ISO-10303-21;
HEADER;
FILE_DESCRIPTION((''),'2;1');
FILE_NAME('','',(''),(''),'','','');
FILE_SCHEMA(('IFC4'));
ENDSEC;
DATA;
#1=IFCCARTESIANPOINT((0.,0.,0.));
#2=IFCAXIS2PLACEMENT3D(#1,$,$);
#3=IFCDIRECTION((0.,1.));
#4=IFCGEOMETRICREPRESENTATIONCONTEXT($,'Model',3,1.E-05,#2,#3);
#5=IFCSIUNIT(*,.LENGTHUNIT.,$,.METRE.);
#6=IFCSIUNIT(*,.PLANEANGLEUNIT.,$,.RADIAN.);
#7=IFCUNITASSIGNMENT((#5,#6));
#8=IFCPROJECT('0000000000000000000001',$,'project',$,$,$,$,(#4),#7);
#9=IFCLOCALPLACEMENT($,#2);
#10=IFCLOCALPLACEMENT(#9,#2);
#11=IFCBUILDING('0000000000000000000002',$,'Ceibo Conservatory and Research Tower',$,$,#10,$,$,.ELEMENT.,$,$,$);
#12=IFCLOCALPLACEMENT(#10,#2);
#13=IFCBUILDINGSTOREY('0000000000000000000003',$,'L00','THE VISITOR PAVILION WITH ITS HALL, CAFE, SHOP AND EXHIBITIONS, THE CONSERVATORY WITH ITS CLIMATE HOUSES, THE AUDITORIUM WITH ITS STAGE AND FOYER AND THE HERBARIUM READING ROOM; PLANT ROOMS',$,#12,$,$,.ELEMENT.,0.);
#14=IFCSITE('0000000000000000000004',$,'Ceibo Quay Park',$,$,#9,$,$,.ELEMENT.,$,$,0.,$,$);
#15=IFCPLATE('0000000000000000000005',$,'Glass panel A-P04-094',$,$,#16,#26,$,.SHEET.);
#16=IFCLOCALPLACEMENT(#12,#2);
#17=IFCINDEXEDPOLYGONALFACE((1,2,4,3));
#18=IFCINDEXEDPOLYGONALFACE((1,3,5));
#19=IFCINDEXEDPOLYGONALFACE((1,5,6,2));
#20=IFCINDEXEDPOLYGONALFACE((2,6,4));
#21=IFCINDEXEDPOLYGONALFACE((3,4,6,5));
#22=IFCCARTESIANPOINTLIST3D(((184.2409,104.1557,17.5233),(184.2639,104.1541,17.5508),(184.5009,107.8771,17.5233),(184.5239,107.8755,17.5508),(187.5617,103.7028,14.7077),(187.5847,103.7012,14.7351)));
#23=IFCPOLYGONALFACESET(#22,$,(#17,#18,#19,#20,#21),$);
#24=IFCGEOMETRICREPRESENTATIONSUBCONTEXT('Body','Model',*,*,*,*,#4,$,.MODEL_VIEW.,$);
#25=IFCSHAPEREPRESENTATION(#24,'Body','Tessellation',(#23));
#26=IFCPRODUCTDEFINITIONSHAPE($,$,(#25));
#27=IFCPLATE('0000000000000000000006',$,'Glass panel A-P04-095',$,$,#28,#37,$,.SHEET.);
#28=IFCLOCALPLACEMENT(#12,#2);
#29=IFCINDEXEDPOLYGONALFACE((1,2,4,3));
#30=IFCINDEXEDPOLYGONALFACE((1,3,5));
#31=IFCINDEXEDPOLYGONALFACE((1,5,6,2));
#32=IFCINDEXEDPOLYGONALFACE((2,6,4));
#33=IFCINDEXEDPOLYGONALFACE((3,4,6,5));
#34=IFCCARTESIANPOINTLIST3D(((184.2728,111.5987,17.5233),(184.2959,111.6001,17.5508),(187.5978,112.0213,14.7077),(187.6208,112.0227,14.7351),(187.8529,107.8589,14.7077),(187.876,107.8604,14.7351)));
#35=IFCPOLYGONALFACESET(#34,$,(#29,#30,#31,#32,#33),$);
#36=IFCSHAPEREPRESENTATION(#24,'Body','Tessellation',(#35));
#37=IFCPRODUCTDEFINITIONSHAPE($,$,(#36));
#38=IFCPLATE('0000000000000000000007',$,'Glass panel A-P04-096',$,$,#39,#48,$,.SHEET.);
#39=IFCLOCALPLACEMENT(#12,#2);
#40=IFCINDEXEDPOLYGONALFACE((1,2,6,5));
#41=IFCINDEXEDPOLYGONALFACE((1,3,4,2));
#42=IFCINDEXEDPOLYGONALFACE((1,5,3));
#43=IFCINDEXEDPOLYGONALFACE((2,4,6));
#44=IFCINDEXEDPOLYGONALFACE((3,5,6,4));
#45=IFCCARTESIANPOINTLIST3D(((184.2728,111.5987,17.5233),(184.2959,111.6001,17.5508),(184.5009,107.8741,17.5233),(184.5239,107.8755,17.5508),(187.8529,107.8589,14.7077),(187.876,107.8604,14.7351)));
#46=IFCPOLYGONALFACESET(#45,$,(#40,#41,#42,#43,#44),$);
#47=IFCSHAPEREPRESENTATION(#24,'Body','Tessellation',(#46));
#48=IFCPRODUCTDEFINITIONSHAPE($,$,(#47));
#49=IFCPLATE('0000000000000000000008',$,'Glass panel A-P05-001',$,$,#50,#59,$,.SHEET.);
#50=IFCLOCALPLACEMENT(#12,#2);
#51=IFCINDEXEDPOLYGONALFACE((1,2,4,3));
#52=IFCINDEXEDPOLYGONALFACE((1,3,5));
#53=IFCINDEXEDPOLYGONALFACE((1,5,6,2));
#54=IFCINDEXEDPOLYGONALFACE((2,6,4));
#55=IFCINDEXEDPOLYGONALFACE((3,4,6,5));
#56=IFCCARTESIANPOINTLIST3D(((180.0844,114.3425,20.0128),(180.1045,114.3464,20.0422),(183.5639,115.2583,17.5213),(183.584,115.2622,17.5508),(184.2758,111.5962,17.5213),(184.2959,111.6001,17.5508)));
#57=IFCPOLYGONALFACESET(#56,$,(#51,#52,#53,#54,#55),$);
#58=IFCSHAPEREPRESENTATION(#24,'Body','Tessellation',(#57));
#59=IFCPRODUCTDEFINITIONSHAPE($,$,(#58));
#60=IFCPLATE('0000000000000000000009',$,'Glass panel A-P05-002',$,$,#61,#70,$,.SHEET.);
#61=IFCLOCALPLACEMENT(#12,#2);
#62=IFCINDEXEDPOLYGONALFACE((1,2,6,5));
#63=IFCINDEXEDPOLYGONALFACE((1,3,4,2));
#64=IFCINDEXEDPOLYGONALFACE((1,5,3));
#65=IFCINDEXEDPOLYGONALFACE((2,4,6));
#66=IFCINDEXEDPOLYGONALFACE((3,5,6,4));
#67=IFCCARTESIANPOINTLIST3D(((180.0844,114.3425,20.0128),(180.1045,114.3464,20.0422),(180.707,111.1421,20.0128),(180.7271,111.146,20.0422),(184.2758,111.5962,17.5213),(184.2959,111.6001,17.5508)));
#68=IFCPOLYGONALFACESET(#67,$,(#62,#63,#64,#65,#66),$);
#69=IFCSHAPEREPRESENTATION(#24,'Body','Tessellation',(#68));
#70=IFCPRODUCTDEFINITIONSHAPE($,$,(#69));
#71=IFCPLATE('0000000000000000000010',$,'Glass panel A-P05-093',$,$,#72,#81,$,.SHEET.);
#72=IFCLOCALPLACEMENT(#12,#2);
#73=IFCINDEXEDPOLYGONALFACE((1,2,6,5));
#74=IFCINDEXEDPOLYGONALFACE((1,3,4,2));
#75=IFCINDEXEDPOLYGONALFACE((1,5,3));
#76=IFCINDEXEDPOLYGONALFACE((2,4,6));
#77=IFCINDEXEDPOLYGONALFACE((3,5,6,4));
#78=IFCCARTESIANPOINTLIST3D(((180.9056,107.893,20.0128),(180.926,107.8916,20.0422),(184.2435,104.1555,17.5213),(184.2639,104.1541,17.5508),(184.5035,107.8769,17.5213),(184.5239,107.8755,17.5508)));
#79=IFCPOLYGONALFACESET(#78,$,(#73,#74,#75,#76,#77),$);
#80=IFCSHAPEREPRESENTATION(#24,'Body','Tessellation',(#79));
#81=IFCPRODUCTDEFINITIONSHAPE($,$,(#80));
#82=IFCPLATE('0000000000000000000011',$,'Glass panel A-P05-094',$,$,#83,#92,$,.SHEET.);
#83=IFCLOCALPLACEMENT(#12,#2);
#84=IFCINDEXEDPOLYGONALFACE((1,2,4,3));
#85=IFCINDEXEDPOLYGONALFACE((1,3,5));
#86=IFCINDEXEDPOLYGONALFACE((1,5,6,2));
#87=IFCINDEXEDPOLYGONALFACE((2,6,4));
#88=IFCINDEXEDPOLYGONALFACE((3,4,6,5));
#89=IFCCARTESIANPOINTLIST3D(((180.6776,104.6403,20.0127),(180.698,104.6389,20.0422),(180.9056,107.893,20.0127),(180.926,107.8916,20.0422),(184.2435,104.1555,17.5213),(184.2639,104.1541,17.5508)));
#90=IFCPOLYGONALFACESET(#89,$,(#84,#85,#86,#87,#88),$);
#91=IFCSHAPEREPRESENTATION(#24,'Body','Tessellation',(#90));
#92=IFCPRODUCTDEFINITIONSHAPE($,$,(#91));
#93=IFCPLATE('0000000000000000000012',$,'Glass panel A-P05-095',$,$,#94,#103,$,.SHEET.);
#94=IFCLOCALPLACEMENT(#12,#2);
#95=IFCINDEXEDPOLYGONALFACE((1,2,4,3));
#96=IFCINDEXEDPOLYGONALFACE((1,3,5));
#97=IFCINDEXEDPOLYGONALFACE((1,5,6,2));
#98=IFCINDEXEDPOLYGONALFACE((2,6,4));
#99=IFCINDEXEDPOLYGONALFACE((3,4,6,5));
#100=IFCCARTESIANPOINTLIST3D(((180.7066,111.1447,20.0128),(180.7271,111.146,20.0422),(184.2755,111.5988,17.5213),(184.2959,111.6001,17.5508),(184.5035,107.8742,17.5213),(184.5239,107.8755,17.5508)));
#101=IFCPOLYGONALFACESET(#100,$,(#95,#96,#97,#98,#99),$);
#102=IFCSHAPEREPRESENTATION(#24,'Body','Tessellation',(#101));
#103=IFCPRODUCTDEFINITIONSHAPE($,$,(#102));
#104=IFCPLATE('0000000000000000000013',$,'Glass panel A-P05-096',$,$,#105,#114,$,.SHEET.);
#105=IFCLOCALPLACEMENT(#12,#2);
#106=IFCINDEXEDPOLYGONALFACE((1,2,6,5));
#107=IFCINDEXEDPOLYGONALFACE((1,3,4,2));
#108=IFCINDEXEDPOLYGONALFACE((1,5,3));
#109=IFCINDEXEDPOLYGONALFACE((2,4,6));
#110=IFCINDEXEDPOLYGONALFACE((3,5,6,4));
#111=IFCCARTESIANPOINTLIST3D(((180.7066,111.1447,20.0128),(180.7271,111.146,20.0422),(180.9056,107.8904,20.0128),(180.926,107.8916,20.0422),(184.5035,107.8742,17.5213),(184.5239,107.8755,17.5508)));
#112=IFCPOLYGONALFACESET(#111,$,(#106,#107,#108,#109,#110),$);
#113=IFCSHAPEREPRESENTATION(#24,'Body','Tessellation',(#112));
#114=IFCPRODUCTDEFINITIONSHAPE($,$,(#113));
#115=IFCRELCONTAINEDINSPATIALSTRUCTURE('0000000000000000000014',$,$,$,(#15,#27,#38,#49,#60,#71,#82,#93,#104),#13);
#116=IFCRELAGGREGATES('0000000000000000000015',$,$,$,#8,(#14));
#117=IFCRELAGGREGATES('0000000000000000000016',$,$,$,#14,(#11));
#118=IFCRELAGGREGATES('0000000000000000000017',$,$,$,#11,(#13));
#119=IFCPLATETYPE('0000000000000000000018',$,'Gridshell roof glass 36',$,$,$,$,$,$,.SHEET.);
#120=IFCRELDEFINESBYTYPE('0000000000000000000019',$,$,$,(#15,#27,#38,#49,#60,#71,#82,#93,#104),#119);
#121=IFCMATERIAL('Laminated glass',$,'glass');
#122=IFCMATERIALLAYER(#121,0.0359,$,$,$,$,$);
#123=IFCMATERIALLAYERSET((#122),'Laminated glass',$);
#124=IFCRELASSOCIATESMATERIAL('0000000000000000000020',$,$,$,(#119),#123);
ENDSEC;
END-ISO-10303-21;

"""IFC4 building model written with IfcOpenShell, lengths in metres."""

from ifc_helpers import new_model, si_unit, direction, frame, origin, place, context, subcontext, project, spatial, polyline, outline, extrude, material, layer, layer_set, type_object, element, save


model = new_model("IFC4")

# Units and contexts
model_context = context("Model", 3, precision=1e-05, world=origin(), true_north=direction((0.0, 1.0)))
body_context = subcontext(model_context, "Body", "Model", "MODEL_VIEW")
ifc_project = project(units=[si_unit("LENGTHUNIT", "METRE"), si_unit("PLANEANGLEUNIT", "RADIAN")], contexts=[model_context])

# Site, building, storey
site_placement = place(None, origin())
site = spatial("IfcSite", under=ifc_project, at=site_placement, Name="Ceibo Quay Park", CompositionType="ELEMENT", RefElevation=0.0)
building_placement = place(site_placement, origin())
building = spatial("IfcBuilding", under=site, at=building_placement, Name="Ceibo Conservatory and Research Tower", CompositionType="ELEMENT")
storey_placement = place(building_placement, origin())
storey = spatial("IfcBuildingStorey", under=building, at=storey_placement, Name="L00", Description="THE VISITOR PAVILION WITH ITS HALL, CAFE, SHOP AND EXHIBITIONS, THE CONSERVATORY WITH ITS CLIMATE HOUSES, THE AUDITORIUM WITH ITS STAGE AND FOYER AND THE HERBARIUM READING ROOM; PLANT ROOMS", CompositionType="ELEMENT", Elevation=0.0)

# Plates
ifc_material_1 = material(Name="Laminated glass", Category="glass")
ifc_layer = layer(ifc_material_1, 0.0359)
ifc_layer_set = layer_set([ifc_layer], Name="Laminated glass")
plate_type = type_object("IfcPlateType", Name="Gridshell roof glass 36", PredefinedType="SHEET", material=ifc_layer_set)
plate_1_placement = place(storey_placement, frame((187.5847, 103.7012, 14.7351), z_axis=(0.642493, -0.04489, 0.764975), x_axis=(-0.51944, 0.708414, 0.477842)))
element("IfcPlate", 1, at=plate_1_placement, inside=storey, type_object=plate_type, Name="Glass panel A-P04-094", PredefinedType="SHEET", context=body_context, shape_type="SweptSolid", body=[
    extrude(outline(polyline([(0.0, 0.0), (5.8925, 0.0), (3.3912, 2.7677), (0.0, 0.0)])), origin(), (0.0, 0.0, -1.0), 0.0359),
])
plate_2_placement = place(storey_placement, frame((187.876, 107.8604, 14.7351), z_axis=(0.642821, 0.039401, 0.765003), x_axis=(-0.061179, 0.998127, 0.0)))
element("IfcPlate", 2, at=plate_2_placement, inside=storey, type_object=plate_type, Name="Glass panel A-P04-095", PredefinedType="SHEET", context=body_context, shape_type="SweptSolid", body=[
    extrude(outline(polyline([(0.0, 0.0), (4.1702, 0.0), (3.9518, 4.372), (0.0, 0.0)])), origin(), (0.0, 0.0, -1.0), 0.0359),
])
plate_3_placement = place(storey_placement, frame((187.876, 107.8604, 14.7351), z_axis=(0.642792, 0.039353, 0.76503), x_axis=(-0.607485, 0.634579, 0.477778)))
element("IfcPlate", 3, at=plate_3_placement, inside=storey, type_object=plate_type, Name="Glass panel A-P04-096", PredefinedType="SHEET", context=body_context, shape_type="SweptSolid", body=[
    extrude(outline(polyline([(0.0, 0.0), (5.8933, 0.0), (3.3912, 2.7684), (0.0, 0.0)])), origin(), (0.0, 0.0, -1.0), 0.0359),
])
plate_4_placement = place(storey_placement, frame((184.2959, 111.6001, 17.5508), z_axis=(0.559639, 0.108794, 0.821564), x_axis=(-0.190828, 0.981624, 0.0)))
element("IfcPlate", 4, at=plate_4_placement, inside=storey, type_object=plate_type, Name="Glass panel A-P05-001", PredefinedType="SHEET", context=body_context, shape_type="SweptSolid", body=[
    extrude(outline(polyline([(0.0, 0.0), (3.7307, 0.0), (3.4957, 4.3701), (0.0, 0.0)])), origin(), (0.0, 0.0, -1.0), 0.0359),
])
plate_5_placement = place(storey_placement, frame((184.2959, 111.6001, 17.5508), z_axis=(0.55967, 0.108869, 0.821534), x_axis=(-0.748972, 0.490749, 0.445204)))
element("IfcPlate", 5, at=plate_5_placement, inside=storey, type_object=plate_type, Name="Glass panel A-P05-002", PredefinedType="SHEET", context=body_context, shape_type="SweptSolid", body=[
    extrude(outline(polyline([(0.0, 0.0), (5.5962, 0.0), (3.5593, 2.5459), (0.0, 0.0)])), origin(), (0.0, 0.0, -1.0), 0.0359),
])
plate_6_placement = place(storey_placement, frame((184.2639, 104.1541, 17.5508), z_axis=(0.568733, -0.039736, 0.821562), x_axis=(0.069698, 0.997568, 0.0)))
element("IfcPlate", 6, at=plate_6_placement, inside=storey, type_object=plate_type, Name="Glass panel A-P05-093", PredefinedType="SHEET", context=body_context, shape_type="SweptSolid", body=[
    extrude(outline(polyline([(0.0, 0.0), (3.7305, 0.0), (3.4958, 4.3701), (0.0, 0.0)])), origin(), (0.0, 0.0, -1.0), 0.0359),
])
plate_7_placement = place(storey_placement, frame((184.2639, 104.1541, 17.5508), z_axis=(0.568636, -0.039864, 0.821623), x_axis=(-0.59645, 0.667865, 0.4452)))
element("IfcPlate", 7, at=plate_7_placement, inside=storey, type_object=plate_type, Name="Glass panel A-P05-094", PredefinedType="SHEET", context=body_context, shape_type="SweptSolid", body=[
    extrude(outline(polyline([(0.0, 0.0), (5.5963, 0.0), (3.5599, 2.5466), (0.0, 0.0)])), origin(), (0.0, 0.0, -1.0), 0.0359),
])
plate_8_placement = place(storey_placement, frame((184.5239, 107.8755, 17.5508), z_axis=(0.569091, 0.034841, 0.821536), x_axis=(-0.061107, 0.998131, 0.0)))
element("IfcPlate", 8, at=plate_8_placement, inside=storey, type_object=plate_type, Name="Glass panel A-P05-095", PredefinedType="SHEET", context=body_context, shape_type="SweptSolid", body=[
    extrude(outline(polyline([(0.0, 0.0), (3.7316, 0.0), (3.4964, 4.3698), (0.0, 0.0)])), origin(), (0.0, 0.0, -1.0), 0.0359),
])
plate_9_placement = place(storey_placement, frame((184.5239, 107.8755, 17.5508), z_axis=(0.569063, 0.034793, 0.821557), x_axis=(-0.678448, 0.584394, 0.445188)))
element("IfcPlate", 9, at=plate_9_placement, inside=storey, type_object=plate_type, Name="Glass panel A-P05-096", PredefinedType="SHEET", context=body_context, shape_type="SweptSolid", body=[
    extrude(outline(polyline([(0.0, 0.0), (5.5964, 0.0), (3.5596, 2.546), (0.0, 0.0)])), origin(), (0.0, 0.0, -1.0), 0.0359),
])

save(model, "model.ifc")
